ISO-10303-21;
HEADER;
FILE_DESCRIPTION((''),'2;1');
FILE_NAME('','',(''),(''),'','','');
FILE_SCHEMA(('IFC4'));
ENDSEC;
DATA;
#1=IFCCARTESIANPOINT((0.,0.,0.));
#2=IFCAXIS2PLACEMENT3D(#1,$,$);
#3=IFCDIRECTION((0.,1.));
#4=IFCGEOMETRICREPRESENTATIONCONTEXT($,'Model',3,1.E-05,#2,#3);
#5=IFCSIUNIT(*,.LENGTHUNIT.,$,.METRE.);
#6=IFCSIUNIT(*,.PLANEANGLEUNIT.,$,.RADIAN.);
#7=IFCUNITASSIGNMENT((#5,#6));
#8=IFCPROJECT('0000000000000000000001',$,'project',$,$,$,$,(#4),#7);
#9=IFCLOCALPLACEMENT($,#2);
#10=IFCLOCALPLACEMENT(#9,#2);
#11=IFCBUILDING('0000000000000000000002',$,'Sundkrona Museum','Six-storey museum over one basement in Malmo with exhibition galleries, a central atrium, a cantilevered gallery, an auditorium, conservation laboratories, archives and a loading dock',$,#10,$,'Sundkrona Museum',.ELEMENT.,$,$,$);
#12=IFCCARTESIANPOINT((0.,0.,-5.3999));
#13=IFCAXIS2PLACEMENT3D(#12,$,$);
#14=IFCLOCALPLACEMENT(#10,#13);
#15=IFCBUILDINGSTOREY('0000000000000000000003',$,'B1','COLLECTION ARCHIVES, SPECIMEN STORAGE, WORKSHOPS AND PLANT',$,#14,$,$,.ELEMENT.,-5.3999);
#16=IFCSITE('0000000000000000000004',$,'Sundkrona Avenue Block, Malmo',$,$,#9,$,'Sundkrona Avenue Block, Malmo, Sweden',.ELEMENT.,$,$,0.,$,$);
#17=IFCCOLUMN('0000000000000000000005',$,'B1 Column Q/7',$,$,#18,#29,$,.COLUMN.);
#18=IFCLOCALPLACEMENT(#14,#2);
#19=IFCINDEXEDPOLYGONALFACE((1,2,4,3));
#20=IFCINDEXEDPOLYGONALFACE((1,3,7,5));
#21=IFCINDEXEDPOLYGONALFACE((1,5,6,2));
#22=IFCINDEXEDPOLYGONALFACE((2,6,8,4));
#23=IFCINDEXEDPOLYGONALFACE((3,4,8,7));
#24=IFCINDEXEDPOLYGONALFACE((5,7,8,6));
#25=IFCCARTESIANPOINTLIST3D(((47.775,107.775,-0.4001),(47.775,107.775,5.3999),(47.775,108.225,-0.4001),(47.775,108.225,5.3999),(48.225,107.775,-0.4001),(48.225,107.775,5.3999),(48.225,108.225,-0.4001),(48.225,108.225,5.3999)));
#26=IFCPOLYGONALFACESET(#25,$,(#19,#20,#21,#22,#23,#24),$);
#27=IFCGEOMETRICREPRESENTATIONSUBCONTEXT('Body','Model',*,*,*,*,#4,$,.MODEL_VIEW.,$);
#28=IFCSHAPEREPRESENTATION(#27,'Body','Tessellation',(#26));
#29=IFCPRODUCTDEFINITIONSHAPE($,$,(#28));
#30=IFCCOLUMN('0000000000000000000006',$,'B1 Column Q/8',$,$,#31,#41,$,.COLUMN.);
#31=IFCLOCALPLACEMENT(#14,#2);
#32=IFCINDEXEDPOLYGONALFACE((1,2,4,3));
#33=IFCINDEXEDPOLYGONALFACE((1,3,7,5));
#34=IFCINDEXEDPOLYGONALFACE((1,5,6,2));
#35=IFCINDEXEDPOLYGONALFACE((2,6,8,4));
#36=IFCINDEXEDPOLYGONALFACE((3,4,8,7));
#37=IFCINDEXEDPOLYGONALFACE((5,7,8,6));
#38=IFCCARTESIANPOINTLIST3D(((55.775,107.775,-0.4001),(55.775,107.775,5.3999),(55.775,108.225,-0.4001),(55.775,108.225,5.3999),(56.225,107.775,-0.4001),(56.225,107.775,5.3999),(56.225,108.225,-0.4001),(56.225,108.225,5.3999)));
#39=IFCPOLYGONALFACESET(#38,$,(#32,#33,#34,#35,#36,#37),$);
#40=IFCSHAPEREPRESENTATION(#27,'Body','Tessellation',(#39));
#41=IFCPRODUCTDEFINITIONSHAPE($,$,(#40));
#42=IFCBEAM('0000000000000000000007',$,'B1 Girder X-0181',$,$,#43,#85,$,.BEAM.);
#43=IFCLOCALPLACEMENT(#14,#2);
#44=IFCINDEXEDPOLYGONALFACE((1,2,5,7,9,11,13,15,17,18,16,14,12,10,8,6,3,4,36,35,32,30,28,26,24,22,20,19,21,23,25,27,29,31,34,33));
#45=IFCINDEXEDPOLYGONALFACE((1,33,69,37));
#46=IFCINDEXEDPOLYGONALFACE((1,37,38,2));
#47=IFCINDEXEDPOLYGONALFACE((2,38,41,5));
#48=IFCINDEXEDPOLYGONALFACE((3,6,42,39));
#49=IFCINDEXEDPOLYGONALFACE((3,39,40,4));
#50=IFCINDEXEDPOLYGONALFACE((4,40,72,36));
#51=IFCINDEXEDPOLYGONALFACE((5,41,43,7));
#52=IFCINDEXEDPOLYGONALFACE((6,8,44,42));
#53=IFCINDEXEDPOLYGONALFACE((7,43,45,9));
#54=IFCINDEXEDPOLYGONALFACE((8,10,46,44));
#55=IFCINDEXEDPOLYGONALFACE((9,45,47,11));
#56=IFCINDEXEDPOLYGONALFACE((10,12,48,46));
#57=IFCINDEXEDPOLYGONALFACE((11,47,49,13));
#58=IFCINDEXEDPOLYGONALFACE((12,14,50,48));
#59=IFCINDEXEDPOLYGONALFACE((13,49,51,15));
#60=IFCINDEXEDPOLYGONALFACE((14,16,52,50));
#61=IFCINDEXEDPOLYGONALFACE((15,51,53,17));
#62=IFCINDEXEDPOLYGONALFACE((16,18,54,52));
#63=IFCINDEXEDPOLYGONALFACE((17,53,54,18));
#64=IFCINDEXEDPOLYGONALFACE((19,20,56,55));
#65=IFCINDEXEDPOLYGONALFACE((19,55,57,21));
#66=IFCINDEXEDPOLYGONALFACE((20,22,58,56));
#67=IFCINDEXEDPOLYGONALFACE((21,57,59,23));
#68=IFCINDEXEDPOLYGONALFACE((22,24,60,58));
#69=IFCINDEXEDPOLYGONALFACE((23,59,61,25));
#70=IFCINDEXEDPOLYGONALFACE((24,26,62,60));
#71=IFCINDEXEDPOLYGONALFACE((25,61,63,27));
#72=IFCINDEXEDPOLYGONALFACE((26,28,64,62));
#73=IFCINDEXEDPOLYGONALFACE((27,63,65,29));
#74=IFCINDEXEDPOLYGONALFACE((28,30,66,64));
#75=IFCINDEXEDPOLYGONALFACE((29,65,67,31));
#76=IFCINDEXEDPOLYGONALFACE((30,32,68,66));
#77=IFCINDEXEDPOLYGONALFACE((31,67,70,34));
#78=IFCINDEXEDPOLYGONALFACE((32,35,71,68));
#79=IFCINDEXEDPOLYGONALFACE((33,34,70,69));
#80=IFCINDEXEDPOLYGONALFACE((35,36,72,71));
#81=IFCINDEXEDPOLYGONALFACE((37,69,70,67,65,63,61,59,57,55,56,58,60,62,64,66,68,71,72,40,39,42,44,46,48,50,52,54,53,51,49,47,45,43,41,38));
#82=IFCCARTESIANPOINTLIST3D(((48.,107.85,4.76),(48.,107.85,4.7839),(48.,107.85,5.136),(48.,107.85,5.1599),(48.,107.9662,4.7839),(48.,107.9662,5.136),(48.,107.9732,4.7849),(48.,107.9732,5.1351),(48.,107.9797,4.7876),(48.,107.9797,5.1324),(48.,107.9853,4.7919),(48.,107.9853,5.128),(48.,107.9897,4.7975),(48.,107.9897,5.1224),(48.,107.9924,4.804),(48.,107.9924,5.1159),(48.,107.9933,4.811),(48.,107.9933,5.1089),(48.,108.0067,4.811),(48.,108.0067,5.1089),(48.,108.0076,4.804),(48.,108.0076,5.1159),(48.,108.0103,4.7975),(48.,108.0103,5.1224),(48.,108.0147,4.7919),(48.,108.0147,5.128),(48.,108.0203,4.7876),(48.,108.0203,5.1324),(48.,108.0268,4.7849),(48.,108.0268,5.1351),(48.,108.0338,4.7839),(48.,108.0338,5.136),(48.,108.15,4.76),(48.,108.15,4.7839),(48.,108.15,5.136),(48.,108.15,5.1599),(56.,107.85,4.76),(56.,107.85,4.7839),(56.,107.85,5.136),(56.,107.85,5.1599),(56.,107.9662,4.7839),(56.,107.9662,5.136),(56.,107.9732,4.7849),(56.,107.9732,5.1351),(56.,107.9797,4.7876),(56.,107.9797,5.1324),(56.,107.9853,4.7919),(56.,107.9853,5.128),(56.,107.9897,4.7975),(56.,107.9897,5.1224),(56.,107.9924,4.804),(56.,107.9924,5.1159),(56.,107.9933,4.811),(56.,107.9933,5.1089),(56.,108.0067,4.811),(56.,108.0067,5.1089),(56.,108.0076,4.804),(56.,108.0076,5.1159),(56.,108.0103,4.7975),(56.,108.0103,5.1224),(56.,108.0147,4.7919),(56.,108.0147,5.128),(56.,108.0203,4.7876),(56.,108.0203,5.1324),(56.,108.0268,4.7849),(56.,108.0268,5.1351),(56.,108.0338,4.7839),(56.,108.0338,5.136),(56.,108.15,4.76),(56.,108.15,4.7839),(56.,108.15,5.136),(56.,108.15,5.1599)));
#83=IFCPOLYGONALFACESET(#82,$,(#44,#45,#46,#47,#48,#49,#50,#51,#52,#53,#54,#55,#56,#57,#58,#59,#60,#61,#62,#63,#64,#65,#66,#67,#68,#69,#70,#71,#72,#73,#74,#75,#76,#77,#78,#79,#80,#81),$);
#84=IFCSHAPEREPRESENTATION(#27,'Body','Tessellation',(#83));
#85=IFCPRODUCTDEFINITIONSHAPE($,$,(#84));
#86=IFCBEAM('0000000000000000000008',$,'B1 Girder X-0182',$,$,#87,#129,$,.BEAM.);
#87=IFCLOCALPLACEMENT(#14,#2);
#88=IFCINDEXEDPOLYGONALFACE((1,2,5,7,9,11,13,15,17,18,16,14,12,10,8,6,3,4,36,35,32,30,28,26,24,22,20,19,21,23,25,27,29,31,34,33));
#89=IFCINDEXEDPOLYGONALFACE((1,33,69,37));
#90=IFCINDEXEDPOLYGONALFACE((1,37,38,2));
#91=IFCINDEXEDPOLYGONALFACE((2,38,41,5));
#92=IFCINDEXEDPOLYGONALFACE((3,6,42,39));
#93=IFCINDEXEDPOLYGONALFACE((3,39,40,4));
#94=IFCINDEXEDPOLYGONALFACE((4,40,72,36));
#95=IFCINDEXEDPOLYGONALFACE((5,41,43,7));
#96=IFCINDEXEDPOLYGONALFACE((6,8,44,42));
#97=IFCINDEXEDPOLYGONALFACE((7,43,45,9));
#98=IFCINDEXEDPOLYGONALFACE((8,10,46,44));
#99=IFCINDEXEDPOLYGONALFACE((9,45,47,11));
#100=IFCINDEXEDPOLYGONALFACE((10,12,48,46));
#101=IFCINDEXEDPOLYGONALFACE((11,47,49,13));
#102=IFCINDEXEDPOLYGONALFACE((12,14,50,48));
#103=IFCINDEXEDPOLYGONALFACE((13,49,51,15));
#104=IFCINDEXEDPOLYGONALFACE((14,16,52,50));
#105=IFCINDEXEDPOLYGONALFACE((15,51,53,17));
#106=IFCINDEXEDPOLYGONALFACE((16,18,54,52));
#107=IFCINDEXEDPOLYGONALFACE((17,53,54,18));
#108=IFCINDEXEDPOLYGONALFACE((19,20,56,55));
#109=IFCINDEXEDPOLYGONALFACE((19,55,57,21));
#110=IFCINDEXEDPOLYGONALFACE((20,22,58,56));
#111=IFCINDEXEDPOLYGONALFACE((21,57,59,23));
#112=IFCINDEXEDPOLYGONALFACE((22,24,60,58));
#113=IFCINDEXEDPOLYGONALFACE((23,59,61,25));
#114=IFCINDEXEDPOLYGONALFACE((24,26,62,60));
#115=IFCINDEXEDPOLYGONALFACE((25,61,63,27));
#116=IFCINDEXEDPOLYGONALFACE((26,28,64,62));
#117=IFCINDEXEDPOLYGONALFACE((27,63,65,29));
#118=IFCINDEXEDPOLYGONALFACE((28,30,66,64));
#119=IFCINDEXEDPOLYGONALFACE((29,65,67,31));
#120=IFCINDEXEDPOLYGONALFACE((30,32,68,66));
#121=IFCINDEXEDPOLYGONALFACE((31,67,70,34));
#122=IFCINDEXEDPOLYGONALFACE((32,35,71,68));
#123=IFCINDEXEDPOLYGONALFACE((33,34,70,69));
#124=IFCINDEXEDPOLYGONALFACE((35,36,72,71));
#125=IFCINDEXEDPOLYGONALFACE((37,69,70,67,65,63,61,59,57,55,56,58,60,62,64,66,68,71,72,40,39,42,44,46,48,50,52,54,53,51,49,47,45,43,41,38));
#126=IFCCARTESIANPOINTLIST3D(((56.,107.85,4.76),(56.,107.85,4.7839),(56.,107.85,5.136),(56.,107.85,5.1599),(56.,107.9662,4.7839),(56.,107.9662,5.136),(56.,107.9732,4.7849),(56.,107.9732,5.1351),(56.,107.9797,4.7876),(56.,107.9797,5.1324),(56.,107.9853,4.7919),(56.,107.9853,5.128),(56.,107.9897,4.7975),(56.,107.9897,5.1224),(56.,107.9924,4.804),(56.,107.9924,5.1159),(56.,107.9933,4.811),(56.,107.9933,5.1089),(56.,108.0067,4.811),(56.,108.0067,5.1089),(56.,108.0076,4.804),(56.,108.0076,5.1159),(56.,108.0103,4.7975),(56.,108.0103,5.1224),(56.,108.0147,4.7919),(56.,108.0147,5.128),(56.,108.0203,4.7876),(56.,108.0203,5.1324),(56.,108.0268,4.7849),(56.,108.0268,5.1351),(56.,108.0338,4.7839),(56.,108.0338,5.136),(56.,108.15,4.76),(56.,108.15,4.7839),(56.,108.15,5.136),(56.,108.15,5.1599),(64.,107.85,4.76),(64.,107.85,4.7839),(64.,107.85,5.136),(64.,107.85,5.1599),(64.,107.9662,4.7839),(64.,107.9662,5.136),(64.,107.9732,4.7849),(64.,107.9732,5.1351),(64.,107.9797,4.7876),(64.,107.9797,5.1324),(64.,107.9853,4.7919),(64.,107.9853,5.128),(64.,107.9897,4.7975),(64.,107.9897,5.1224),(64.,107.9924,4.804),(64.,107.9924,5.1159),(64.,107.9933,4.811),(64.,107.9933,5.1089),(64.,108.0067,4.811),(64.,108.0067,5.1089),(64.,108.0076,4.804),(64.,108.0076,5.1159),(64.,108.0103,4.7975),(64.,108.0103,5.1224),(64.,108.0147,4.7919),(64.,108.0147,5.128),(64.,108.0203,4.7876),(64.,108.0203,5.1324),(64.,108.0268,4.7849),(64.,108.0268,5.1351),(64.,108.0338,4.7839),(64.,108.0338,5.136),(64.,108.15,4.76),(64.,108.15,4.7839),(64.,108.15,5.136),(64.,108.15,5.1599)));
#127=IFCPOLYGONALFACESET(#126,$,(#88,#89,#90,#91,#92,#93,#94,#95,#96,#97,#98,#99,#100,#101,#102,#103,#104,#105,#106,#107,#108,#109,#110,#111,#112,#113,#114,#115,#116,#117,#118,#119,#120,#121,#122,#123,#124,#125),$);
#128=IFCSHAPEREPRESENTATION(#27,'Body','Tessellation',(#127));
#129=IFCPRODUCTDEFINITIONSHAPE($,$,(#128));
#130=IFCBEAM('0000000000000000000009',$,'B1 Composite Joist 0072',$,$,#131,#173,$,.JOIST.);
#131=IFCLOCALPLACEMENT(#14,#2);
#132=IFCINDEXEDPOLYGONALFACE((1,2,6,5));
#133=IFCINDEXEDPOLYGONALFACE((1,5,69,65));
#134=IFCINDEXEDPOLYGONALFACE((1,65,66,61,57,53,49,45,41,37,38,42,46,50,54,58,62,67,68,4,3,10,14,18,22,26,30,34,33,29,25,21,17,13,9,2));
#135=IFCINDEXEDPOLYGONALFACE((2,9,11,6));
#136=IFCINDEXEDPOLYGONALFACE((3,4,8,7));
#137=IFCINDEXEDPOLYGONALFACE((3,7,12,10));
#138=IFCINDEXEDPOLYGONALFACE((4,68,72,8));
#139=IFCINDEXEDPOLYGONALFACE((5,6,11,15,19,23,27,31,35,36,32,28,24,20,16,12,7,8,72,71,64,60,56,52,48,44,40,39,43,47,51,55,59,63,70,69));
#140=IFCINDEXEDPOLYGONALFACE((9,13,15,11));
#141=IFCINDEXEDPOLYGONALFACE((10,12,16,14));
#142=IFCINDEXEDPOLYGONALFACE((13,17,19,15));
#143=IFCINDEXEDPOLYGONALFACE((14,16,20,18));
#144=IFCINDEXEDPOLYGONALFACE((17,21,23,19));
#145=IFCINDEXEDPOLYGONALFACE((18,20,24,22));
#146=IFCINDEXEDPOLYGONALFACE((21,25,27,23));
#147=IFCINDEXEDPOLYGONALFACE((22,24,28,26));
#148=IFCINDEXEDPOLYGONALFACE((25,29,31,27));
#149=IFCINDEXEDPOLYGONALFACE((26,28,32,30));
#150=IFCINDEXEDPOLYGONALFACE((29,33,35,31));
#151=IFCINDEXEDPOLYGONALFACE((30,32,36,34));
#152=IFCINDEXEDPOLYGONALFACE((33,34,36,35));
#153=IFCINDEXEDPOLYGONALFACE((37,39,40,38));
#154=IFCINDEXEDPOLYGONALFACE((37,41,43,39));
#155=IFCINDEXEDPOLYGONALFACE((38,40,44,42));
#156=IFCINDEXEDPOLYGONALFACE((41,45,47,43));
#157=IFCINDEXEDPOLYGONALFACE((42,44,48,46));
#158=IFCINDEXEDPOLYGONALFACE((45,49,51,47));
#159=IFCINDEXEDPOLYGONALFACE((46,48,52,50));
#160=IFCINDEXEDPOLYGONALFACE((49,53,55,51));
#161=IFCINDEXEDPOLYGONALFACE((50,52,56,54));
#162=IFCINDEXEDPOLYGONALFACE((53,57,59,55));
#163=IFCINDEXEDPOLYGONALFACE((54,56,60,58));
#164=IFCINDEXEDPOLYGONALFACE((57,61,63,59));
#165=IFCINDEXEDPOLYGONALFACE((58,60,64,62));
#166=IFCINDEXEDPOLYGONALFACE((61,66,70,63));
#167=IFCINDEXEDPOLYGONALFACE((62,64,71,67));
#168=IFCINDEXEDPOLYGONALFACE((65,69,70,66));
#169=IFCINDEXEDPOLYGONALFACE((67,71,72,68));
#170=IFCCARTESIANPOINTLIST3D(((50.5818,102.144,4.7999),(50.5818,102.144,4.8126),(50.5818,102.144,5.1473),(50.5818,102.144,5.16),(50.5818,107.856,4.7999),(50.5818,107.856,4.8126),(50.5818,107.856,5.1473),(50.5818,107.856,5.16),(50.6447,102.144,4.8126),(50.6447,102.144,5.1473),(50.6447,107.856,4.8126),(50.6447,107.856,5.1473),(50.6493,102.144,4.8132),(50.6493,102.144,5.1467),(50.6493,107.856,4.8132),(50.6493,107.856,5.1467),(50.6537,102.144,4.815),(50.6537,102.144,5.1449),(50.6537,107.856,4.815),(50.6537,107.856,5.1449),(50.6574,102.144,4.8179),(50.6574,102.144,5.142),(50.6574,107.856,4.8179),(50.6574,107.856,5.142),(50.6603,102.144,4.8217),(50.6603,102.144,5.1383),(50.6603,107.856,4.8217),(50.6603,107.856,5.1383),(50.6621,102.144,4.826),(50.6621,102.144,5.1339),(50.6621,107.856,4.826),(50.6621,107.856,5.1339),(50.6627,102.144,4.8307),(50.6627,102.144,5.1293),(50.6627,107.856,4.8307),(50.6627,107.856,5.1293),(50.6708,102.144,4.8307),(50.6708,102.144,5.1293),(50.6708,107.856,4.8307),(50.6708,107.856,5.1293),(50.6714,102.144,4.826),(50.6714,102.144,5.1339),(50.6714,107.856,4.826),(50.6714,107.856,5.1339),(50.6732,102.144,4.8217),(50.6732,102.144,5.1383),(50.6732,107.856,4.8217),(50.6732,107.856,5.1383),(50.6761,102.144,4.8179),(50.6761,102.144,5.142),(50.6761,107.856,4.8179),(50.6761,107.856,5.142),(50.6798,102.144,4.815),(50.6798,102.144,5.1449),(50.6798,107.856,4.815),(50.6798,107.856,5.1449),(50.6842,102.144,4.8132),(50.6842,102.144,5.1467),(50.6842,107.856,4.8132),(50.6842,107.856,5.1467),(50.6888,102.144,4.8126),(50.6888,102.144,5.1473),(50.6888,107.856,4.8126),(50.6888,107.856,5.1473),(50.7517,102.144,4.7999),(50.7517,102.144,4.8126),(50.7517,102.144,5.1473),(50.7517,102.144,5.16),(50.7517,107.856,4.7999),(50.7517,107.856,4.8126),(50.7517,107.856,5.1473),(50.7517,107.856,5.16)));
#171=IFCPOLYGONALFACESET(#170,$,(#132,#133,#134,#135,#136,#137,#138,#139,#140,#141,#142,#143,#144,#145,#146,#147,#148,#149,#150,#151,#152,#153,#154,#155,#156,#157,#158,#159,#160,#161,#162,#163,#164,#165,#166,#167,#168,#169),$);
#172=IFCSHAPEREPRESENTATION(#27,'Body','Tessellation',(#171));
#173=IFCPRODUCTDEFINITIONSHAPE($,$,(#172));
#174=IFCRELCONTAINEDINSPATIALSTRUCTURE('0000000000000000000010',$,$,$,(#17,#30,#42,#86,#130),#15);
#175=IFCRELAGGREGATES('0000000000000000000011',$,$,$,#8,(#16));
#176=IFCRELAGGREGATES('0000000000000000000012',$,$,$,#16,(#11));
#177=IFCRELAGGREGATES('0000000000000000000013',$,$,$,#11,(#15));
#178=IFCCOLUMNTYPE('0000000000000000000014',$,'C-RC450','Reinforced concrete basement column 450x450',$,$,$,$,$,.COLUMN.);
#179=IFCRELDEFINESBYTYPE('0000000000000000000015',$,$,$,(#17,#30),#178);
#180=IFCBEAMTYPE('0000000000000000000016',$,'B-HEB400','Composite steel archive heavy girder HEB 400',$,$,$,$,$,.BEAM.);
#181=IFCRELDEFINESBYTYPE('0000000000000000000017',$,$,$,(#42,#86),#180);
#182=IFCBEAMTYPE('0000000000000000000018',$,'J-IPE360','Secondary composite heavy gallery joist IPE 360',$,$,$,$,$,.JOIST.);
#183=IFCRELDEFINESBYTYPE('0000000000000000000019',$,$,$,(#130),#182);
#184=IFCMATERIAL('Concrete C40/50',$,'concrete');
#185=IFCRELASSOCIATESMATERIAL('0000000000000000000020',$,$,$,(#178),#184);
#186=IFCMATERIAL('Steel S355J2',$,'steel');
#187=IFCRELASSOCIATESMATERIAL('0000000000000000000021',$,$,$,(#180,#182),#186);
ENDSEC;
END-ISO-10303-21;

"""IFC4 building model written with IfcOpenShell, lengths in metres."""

from ifc_helpers import new_model, si_unit, direction, frame, origin, origin_2d, place, context, subcontext, project, spatial, rectangle, i_section, extrude, material, material_profile, profile_set, type_object, element, save


model = new_model("IFC4")

# Units and contexts
model_context = context("Model", 3, precision=1e-05, world=origin(), true_north=direction((0.0, 1.0)))
body_context = subcontext(model_context, "Body", "Model", "MODEL_VIEW")
ifc_project = project(units=[si_unit("LENGTHUNIT", "METRE"), si_unit("PLANEANGLEUNIT", "RADIAN")], contexts=[model_context])

# Site, building, storey
site_placement = place(None, origin())
site = spatial("IfcSite", under=ifc_project, at=site_placement, Name="Sundkrona Avenue Block, Malmo", LongName="Sundkrona Avenue Block, Malmo, Sweden", CompositionType="ELEMENT", RefElevation=0.0)
building_placement = place(site_placement, origin())
building = spatial("IfcBuilding", under=site, at=building_placement, Name="Sundkrona Museum", Description="Six-storey museum over one basement in Malmo with exhibition galleries, a central atrium, a cantilevered gallery, an auditorium, conservation laboratories, archives and a loading dock", LongName="Sundkrona Museum", CompositionType="ELEMENT")
storey_placement = place(building_placement, frame((0.0, 0.0, -5.3999)))
storey = spatial("IfcBuildingStorey", under=building, at=storey_placement, Name="B1", Description="COLLECTION ARCHIVES, SPECIMEN STORAGE, WORKSHOPS AND PLANT", CompositionType="ELEMENT", Elevation=-5.3999)

# Shared definitions
ifc_material_1 = material(Name="Concrete C40/50", Category="concrete")

# Columns
ifc_material_profile_1 = material_profile(ifc_material_1, rectangle(XDim=0.45, YDim=0.45, at=origin_2d()), Name="RC 450x450")
ifc_profile_set_1 = profile_set([ifc_material_profile_1], Name="Concrete C40/50")
column_type = type_object("IfcColumnType", Name="C-RC450", Description="Reinforced concrete basement column 450x450", PredefinedType="COLUMN", material=ifc_profile_set_1)
for number, where, z_axis, x_axis, name in (
    (1, (48.0, 108.0, -0.4001), (0.0, 0.0, 1.0), (1.0, 0.0, 0.0), "B1 Column Q/7"),
    (2, (56.0, 108.0, -0.4001), (0.0, 0.0, 1.0), (1.0, 0.0, 0.0), "B1 Column Q/8"),
):
    element("IfcColumn", number, at=place(storey_placement, frame(where, z_axis=z_axis, x_axis=x_axis)), inside=storey, type_object=column_type, Name=name, PredefinedType="COLUMN", context=body_context, shape_type="SweptSolid", body=[
        extrude(rectangle(XDim=0.45, YDim=0.45, at=origin_2d()), origin(), (0.0, 0.0, 1.0), 5.8),
    ])

# Beams
ifc_material_2 = material(Name="Steel S355J2", Category="steel")
ifc_material_profile_2 = material_profile(ifc_material_2, i_section(OverallWidth=0.3, OverallDepth=0.3999, WebThickness=0.0134, FlangeThickness=0.0239, FilletRadius=0.0271, at=origin_2d()), Name="HEB 400")
ifc_profile_set_2 = profile_set([ifc_material_profile_2], Name="Steel S355J2")
beam_type_1 = type_object("IfcBeamType", Name="B-HEB400", Description="Composite steel archive heavy girder HEB 400", PredefinedType="BEAM", material=ifc_profile_set_2)
for number, where, z_axis, x_axis, name in (
    (3, (48.0, 108.0, 4.96), (1.0, 0.0, 0.0), (0.0, 1.0, 0.0), "B1 Girder X-0181"),
    (4, (56.0, 108.0, 4.96), (1.0, 0.0, 0.0), (0.0, 1.0, 0.0), "B1 Girder X-0182"),
):
    element("IfcBeam", number, at=place(storey_placement, frame(where, z_axis=z_axis, x_axis=x_axis)), inside=storey, type_object=beam_type_1, Name=name, PredefinedType="BEAM", context=body_context, shape_type="SweptSolid", body=[
        extrude(i_section(OverallWidth=0.3, OverallDepth=0.3999, WebThickness=0.0134, FlangeThickness=0.0239, FilletRadius=0.0271, at=origin_2d()), origin(), (0.0, 0.0, 1.0), 8.0),
    ])
ifc_material_profile_3 = material_profile(ifc_material_2, i_section(OverallWidth=0.1699, OverallDepth=0.3601, WebThickness=0.0081, FlangeThickness=0.0127, FilletRadius=0.0181, at=origin_2d()), Name="IPE 360")
ifc_profile_set_3 = profile_set([ifc_material_profile_3], Name="Steel S355J2")
beam_type_2 = type_object("IfcBeamType", Name="J-IPE360", Description="Secondary composite heavy gallery joist IPE 360", PredefinedType="JOIST", material=ifc_profile_set_3)
beam_placement = place(storey_placement, frame((50.6667, 102.144, 4.98), z_axis=(0.0, 1.0, 0.0), x_axis=(-1.0, 0.0, 0.0)))
element("IfcBeam", 5, at=beam_placement, inside=storey, type_object=beam_type_2, Name="B1 Composite Joist 0072", PredefinedType="JOIST", context=body_context, shape_type="SweptSolid", body=[
    extrude(i_section(OverallWidth=0.1699, OverallDepth=0.3601, WebThickness=0.0081, FlangeThickness=0.0127, FilletRadius=0.0181, at=origin_2d()), origin(), (0.0, 0.0, 1.0), 5.7119),
])

save(model, "model.ifc")
